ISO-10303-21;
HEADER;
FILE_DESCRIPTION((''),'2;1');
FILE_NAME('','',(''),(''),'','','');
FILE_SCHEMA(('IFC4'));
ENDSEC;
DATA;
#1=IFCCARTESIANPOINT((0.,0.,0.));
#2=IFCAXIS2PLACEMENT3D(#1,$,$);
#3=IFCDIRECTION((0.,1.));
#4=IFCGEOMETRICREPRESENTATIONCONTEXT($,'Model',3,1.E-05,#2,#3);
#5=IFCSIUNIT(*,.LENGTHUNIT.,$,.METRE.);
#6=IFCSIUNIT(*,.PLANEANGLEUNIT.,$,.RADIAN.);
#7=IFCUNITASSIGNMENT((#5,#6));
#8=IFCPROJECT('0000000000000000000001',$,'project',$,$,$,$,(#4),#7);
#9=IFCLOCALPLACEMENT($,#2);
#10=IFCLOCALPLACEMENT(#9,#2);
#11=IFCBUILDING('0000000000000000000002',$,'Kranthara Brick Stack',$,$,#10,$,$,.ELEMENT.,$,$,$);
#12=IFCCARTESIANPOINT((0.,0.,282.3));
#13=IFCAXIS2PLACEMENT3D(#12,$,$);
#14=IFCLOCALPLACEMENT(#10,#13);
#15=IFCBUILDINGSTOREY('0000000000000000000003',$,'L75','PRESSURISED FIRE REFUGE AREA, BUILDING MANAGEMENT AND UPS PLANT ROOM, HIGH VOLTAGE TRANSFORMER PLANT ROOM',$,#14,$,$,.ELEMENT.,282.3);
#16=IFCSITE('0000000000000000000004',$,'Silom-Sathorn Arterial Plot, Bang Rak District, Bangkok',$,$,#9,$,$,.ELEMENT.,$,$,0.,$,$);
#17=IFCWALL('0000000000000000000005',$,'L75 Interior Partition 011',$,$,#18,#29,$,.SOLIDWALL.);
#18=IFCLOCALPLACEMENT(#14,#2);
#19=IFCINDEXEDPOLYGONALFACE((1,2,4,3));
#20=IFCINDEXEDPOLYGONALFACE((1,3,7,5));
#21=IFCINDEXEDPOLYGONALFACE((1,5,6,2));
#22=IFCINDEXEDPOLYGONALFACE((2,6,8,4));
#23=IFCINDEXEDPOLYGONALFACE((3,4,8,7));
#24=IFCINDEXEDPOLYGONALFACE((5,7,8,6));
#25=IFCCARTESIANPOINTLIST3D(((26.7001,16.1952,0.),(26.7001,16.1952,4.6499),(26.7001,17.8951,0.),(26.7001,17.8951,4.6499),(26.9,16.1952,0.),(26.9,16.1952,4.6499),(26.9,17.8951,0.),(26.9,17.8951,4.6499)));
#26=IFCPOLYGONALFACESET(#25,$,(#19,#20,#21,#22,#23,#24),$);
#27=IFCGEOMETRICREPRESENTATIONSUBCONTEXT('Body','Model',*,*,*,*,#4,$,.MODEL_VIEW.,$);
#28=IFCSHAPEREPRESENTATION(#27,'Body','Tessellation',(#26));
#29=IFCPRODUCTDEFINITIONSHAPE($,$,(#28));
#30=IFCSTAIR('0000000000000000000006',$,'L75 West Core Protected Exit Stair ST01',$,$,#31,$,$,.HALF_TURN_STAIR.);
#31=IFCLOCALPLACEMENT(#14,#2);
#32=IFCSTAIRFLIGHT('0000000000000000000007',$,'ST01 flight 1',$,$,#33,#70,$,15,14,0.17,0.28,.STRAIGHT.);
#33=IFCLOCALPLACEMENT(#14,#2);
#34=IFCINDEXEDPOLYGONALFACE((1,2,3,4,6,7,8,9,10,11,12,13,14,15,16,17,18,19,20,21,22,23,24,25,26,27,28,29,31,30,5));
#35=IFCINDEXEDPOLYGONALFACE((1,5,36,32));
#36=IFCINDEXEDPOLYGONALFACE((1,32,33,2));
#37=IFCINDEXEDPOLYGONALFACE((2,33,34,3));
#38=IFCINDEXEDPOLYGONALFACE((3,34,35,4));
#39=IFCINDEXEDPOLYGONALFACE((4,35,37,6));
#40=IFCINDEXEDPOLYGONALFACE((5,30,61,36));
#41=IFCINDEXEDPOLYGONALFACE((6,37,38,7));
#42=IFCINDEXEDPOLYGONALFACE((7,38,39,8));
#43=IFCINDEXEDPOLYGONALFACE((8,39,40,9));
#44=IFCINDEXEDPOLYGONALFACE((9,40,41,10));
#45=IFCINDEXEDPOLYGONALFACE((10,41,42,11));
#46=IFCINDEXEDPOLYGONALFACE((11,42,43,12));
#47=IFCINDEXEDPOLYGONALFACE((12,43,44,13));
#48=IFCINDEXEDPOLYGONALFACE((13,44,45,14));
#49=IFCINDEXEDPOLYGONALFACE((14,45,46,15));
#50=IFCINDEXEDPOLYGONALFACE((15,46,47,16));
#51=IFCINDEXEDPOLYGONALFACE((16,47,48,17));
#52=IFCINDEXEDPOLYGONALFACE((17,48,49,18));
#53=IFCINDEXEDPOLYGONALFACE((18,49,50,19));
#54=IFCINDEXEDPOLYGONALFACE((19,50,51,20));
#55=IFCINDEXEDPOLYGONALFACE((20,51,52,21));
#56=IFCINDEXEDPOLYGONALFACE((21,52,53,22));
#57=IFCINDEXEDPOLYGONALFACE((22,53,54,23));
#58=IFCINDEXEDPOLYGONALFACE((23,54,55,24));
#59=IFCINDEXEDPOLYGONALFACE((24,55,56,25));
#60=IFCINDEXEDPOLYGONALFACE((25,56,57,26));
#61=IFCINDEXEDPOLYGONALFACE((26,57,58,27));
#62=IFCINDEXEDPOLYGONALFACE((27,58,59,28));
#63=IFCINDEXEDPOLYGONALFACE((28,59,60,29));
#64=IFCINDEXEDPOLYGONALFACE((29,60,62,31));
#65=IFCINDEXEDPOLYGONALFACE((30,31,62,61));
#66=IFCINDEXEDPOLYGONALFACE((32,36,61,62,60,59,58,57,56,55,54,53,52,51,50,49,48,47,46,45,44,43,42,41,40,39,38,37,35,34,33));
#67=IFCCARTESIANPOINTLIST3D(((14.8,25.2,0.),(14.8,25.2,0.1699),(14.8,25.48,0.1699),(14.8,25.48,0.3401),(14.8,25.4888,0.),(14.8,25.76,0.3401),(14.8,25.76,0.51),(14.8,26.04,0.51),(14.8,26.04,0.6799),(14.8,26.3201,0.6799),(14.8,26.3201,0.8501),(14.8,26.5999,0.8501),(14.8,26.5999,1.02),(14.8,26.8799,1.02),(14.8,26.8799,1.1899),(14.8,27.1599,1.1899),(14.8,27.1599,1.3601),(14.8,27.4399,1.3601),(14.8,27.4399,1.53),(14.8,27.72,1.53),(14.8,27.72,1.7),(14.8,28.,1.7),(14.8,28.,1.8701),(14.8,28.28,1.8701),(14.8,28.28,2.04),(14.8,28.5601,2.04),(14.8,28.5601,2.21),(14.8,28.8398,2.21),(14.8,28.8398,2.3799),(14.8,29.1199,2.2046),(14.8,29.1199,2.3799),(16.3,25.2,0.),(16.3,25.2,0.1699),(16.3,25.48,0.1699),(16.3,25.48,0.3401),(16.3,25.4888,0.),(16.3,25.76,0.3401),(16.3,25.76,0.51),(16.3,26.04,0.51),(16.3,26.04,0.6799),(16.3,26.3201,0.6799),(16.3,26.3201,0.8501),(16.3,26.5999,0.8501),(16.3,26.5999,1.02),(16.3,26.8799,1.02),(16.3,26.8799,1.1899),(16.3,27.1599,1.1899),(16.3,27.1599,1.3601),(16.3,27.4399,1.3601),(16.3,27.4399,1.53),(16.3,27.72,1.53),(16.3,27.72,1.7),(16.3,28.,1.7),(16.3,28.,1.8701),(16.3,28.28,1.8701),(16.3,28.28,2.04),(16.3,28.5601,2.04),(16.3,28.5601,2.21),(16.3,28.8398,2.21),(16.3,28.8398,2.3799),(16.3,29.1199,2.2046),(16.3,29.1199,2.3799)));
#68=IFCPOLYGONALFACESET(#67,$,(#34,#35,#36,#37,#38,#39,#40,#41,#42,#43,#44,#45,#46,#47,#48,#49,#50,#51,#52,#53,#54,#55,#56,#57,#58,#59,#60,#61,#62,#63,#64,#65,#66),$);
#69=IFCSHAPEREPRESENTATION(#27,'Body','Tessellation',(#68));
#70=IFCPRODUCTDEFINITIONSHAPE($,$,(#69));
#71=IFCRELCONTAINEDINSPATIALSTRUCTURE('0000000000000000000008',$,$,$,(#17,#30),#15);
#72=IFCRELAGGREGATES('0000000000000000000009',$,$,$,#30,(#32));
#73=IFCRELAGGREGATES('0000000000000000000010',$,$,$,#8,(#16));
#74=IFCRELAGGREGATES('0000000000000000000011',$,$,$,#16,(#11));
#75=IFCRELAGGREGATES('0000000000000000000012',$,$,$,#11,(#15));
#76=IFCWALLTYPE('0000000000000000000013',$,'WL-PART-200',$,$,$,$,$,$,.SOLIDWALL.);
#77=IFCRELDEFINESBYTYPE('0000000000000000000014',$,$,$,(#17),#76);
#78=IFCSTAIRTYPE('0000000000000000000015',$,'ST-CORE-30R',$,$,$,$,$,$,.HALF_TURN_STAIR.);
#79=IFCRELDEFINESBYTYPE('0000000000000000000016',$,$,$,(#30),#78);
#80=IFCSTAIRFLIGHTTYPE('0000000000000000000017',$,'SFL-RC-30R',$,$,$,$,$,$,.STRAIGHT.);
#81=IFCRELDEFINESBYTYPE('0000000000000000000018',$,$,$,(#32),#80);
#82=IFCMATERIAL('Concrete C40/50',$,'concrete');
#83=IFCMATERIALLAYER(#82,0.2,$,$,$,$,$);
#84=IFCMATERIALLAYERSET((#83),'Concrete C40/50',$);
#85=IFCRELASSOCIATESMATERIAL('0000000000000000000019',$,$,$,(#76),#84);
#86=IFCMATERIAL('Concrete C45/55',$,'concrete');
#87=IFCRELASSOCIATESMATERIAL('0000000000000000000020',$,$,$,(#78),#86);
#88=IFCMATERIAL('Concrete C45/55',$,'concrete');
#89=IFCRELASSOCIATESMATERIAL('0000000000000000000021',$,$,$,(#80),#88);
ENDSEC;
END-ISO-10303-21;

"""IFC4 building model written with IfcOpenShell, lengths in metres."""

from ifc_helpers import new_model, si_unit, direction, frame, frame_2d, origin, place, context, subcontext, project, spatial, polyline, rectangle, outline, extrude, material, layer, layer_set, type_object, element, aggregate, save


model = new_model("IFC4")

# Units and contexts
model_context = context("Model", 3, precision=1e-05, world=origin(), true_north=direction((0.0, 1.0)))
body_context = subcontext(model_context, "Body", "Model", "MODEL_VIEW")
ifc_project = project(units=[si_unit("LENGTHUNIT", "METRE"), si_unit("PLANEANGLEUNIT", "RADIAN")], contexts=[model_context])

# Site, building, storey
site_placement = place(None, origin())
site = spatial("IfcSite", under=ifc_project, at=site_placement, Name="Silom-Sathorn Arterial Plot, Bang Rak District, Bangkok", CompositionType="ELEMENT", RefElevation=0.0)
building_placement = place(site_placement, origin())
building = spatial("IfcBuilding", under=site, at=building_placement, Name="Kranthara Brick Stack", CompositionType="ELEMENT")
storey_placement = place(building_placement, frame((0.0, 0.0, 282.3)))
storey = spatial("IfcBuildingStorey", under=building, at=storey_placement, Name="L75", Description="PRESSURISED FIRE REFUGE AREA, BUILDING MANAGEMENT AND UPS PLANT ROOM, HIGH VOLTAGE TRANSFORMER PLANT ROOM", CompositionType="ELEMENT", Elevation=282.3)

# Wall
ifc_material_1 = material(Name="Concrete C40/50", Category="concrete")
ifc_layer_1 = layer(ifc_material_1, 0.2)
ifc_layer_set_1 = layer_set([ifc_layer_1], Name="Concrete C40/50")
wall_type_1 = type_object("IfcWallType", Name="WL-PART-200", PredefinedType="SOLIDWALL", material=ifc_layer_set_1)
for number, where, z_axis, x_axis, name in (
    (1, (26.8, 16.1951, 0.0), (0.0, 0.0, 1.0), (0.0, 1.0, 0.0), "L75 Interior Partition 011"),
):
    element("IfcWall", number, at=place(storey_placement, frame(where, z_axis=z_axis, x_axis=x_axis)), inside=storey, type_object=wall_type_1, Name=name, PredefinedType="SOLIDWALL", context=body_context, shape_type="SweptSolid", body=[
        extrude(rectangle(XDim=1.7, YDim=0.2, at=frame_2d((0.8501, 0.0))), origin(), (0.0, 0.0, 1.0), 4.6499),
    ])

# Stair, stair flight
ifc_material_2 = material(Name="Concrete C45/55", Category="concrete")
stair_type = type_object("IfcStairType", Name="ST-CORE-30R", PredefinedType="HALF_TURN_STAIR", material=ifc_material_2)
stair_placement = place(storey_placement, origin())
stair = element("IfcStair", 2, at=stair_placement, inside=storey, type_object=stair_type, Name="L75 West Core Protected Exit Stair ST01", PredefinedType="HALF_TURN_STAIR")
ifc_material_3 = material(Name="Concrete C45/55", Category="concrete")
stair_flight_type = type_object("IfcStairFlightType", Name="SFL-RC-30R", PredefinedType="STRAIGHT", material=ifc_material_3)
stair_flight_placement = place(storey_placement, frame((15.55, 25.2, 0.0), z_axis=(0.0, 0.0, 1.0), x_axis=(0.0, 1.0, 0.0)))
stair_flight = element("IfcStairFlight", 3, at=stair_flight_placement, type_object=stair_flight_type, Name="ST01 flight 1", NumberOfRisers=15, NumberOfTreads=14, PredefinedType="STRAIGHT", RiserHeight=0.17, TreadLength=0.28, context=body_context, shape_type="SweptSolid", body=[
    extrude(outline(polyline([(0.0, 0.0), (0.0, 0.1699), (0.28, 0.1699), (0.28, 0.3401), (0.5601, 0.3401), (0.5601, 0.51), (0.8401, 0.51), (0.8401, 0.6799), (1.1201, 0.6799), (1.1201, 0.8501), (1.3999, 0.8501), (1.3999, 1.02), (1.6799, 1.02), (1.6799, 1.1899), (1.96, 1.1899), (1.96, 1.3601), (2.24, 1.3601), (2.24, 1.53), (2.52, 1.53), (2.52, 1.7), (2.8, 1.7), (2.8, 1.8701), (3.0801, 1.8701), (3.0801, 2.04), (3.3601, 2.04), (3.3601, 2.21), (3.6399, 2.21), (3.6399, 2.3799), (3.9199, 2.3799), (3.9199, 2.55), (3.9199, 2.2046), (0.2888, 0.0), (0.0, 0.0)])), frame((0.0, 0.75, 0.0), z_axis=(0.0, -1.0, 0.0), x_axis=(1.0, 0.0, 0.0)), (0.0, 0.0, 1.0), 1.5),
])
aggregate(stair, [stair_flight])

save(model, "model.ifc")
